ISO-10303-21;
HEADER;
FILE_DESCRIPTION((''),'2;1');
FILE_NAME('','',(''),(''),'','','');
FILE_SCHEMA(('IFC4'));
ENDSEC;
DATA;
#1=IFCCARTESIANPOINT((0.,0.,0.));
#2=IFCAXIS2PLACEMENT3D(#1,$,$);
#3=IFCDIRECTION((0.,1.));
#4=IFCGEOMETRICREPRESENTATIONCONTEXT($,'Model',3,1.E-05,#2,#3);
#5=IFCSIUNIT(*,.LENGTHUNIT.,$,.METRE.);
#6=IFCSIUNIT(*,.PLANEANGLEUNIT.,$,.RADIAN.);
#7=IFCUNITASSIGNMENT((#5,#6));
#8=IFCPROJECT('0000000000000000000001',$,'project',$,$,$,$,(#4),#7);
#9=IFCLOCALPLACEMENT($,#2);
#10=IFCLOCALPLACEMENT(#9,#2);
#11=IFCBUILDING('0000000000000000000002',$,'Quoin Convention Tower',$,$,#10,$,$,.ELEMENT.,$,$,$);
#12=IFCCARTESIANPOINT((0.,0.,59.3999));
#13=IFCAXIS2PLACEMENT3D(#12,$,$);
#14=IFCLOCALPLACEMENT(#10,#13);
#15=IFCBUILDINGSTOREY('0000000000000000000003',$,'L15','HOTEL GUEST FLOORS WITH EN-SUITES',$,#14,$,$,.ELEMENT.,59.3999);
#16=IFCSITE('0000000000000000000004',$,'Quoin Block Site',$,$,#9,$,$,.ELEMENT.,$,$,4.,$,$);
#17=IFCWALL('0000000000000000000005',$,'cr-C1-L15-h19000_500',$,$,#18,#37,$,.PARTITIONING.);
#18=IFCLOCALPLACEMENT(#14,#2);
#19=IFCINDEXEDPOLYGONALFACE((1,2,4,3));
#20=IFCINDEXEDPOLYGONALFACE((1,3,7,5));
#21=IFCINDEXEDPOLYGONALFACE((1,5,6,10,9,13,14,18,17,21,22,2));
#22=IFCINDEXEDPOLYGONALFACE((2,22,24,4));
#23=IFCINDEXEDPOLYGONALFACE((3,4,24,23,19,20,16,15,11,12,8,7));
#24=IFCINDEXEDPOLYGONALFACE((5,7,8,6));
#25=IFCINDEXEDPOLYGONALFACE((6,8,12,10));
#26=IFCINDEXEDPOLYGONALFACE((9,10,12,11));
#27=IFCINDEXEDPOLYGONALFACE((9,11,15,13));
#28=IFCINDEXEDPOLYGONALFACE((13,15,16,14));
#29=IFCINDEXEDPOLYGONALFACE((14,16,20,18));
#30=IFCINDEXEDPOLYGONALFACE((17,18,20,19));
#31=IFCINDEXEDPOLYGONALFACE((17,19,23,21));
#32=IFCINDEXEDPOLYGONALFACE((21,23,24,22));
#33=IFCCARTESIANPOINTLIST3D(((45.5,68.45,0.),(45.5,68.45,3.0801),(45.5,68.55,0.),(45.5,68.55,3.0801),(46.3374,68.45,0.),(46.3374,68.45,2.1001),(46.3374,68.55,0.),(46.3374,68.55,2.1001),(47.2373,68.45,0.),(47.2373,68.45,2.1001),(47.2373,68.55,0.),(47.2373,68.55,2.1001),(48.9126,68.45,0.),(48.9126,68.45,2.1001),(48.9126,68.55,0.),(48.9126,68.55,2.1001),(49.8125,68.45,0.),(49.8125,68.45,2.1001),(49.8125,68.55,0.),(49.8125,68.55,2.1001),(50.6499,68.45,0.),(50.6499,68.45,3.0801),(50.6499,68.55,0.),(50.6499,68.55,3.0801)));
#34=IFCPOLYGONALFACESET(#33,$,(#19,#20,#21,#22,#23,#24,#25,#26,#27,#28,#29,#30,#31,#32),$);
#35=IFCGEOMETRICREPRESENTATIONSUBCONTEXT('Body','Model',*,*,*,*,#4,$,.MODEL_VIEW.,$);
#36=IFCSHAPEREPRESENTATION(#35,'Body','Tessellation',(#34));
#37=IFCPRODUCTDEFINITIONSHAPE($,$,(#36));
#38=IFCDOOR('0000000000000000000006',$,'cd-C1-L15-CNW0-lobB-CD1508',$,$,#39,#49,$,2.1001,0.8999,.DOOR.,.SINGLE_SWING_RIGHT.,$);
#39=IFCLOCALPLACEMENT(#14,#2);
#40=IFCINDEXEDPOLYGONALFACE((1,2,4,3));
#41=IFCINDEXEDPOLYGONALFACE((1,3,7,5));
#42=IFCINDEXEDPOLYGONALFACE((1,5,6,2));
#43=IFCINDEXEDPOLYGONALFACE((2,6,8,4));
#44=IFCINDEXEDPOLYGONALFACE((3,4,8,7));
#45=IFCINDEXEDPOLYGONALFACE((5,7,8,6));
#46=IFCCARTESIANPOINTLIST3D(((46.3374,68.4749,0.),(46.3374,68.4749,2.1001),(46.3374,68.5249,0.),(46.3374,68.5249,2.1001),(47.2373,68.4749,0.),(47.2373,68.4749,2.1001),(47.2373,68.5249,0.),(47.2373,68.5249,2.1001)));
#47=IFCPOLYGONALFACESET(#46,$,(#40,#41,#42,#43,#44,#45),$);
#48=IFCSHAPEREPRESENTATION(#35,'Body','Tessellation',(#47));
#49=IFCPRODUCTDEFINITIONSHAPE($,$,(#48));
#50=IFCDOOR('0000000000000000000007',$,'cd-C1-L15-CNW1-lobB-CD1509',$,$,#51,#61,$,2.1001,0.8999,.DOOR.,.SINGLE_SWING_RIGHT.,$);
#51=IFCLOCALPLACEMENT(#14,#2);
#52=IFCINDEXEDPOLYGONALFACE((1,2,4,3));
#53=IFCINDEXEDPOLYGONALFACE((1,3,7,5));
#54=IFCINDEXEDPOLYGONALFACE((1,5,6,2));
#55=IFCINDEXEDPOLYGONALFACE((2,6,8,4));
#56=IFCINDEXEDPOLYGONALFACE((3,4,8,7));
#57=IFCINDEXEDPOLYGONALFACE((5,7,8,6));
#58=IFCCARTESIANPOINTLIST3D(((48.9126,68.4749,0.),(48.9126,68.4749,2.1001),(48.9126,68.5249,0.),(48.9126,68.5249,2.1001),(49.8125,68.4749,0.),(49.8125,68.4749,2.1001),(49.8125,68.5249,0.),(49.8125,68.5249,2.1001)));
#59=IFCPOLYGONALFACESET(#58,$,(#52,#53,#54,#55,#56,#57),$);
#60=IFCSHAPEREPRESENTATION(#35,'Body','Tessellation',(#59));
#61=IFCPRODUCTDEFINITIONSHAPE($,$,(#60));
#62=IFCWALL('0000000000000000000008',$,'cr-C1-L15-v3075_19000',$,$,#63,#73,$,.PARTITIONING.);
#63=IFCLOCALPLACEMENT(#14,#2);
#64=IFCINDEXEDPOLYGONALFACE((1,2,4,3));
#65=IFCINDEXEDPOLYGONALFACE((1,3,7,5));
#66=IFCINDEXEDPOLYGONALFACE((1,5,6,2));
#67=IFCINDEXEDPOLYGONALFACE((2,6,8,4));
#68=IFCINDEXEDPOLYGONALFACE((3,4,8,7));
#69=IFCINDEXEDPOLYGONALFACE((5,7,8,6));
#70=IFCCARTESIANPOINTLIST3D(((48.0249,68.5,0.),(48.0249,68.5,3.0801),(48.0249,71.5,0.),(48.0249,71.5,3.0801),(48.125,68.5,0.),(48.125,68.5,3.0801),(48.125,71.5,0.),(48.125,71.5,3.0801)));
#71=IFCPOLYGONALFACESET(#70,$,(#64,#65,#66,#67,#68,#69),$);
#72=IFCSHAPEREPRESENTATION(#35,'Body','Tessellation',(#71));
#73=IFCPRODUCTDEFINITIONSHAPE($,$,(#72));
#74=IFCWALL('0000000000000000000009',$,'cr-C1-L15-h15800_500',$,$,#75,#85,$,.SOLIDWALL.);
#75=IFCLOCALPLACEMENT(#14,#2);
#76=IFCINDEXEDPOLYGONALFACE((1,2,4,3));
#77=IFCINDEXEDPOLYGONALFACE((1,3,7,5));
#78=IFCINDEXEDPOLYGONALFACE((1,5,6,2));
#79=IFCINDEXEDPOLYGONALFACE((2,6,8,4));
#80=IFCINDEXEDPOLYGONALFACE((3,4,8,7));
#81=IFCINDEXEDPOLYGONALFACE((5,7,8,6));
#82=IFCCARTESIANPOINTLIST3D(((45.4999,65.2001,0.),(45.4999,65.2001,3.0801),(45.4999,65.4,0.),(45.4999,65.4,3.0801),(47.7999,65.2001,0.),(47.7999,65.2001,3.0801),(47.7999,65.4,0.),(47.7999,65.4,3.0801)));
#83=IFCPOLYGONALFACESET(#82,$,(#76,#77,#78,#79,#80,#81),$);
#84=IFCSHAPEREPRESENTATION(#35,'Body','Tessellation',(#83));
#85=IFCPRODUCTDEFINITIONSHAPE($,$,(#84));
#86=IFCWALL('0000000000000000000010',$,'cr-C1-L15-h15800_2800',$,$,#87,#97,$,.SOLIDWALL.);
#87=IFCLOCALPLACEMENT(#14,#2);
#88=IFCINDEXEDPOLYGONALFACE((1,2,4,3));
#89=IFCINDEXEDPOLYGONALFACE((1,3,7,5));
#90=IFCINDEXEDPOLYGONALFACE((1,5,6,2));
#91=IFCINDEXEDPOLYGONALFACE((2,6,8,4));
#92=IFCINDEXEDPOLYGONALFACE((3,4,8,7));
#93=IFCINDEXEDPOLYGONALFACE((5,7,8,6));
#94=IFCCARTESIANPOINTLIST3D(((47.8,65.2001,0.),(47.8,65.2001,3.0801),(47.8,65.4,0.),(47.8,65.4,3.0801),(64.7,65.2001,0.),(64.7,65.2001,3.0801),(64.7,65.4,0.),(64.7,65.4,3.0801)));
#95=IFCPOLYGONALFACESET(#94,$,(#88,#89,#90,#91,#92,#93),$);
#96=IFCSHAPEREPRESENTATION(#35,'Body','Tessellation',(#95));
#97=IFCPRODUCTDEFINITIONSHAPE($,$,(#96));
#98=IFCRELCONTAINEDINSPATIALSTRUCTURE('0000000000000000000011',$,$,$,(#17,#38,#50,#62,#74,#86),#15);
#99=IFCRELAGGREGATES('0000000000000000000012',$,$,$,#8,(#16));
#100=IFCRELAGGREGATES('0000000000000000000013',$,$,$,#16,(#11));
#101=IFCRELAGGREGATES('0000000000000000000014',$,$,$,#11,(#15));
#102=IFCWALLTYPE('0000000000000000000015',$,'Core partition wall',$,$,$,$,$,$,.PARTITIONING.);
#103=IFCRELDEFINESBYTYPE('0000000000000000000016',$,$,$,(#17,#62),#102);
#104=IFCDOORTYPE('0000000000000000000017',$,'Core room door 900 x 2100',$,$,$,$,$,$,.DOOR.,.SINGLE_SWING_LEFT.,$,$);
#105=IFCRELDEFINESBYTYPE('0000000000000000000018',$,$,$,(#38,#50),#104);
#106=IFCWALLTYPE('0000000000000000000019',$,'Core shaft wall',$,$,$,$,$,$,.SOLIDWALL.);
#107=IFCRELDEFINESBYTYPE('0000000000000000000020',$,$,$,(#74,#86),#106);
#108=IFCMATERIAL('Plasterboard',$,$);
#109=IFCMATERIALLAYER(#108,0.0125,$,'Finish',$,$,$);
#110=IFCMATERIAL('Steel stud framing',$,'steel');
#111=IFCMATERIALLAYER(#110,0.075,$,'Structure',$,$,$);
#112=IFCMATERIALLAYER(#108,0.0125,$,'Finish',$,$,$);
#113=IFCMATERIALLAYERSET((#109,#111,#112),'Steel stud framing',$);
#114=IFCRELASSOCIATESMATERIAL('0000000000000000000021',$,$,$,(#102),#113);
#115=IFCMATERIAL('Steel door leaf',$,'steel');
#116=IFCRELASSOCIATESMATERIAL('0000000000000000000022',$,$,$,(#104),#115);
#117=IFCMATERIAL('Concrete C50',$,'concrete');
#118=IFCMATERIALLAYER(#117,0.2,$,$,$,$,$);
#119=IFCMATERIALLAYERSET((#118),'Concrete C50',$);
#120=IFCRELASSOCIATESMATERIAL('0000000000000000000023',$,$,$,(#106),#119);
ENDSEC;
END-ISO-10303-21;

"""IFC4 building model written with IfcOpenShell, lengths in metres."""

from ifc_helpers import new_model, si_unit, direction, frame, frame_2d, origin, place, context, subcontext, project, spatial, rectangle, extrude, material, layer, layer_set, type_object, element, fill, save


model = new_model("IFC4")

# Units and contexts
model_context = context("Model", 3, precision=1e-05, world=origin(), true_north=direction((0.0, 1.0)))
body_context = subcontext(model_context, "Body", "Model", "MODEL_VIEW")
ifc_project = project(units=[si_unit("LENGTHUNIT", "METRE"), si_unit("PLANEANGLEUNIT", "RADIAN")], contexts=[model_context])

# Site, building, storey
site_placement = place(None, origin())
site = spatial("IfcSite", under=ifc_project, at=site_placement, Name="Quoin Block Site", CompositionType="ELEMENT", RefElevation=4.0)
building_placement = place(site_placement, origin())
building = spatial("IfcBuilding", under=site, at=building_placement, Name="Quoin Convention Tower", CompositionType="ELEMENT")
storey_placement = place(building_placement, frame((0.0, 0.0, 59.3999)))
storey = spatial("IfcBuildingStorey", under=building, at=storey_placement, Name="L15", Description="HOTEL GUEST FLOORS WITH EN-SUITES", CompositionType="ELEMENT", Elevation=59.3999)

# Wall, openings, doors
ifc_material_1 = material(Name="Plasterboard")
ifc_layer_1 = layer(ifc_material_1, 0.0125, Name="Finish")
ifc_material_2 = material(Name="Steel stud framing", Category="steel")
ifc_layer_2 = layer(ifc_material_2, 0.075, Name="Structure")
ifc_layer_3 = layer(ifc_material_1, 0.0125, Name="Finish")
ifc_layer_set_1 = layer_set([ifc_layer_1, ifc_layer_2, ifc_layer_3], Name="Steel stud framing")
wall_type_1 = type_object("IfcWallType", Name="Core partition wall", PredefinedType="PARTITIONING", material=ifc_layer_set_1)
wall_1_placement = place(storey_placement, frame((45.5, 68.5, 0.0), z_axis=(0.0, 0.0, 1.0), x_axis=(1.0, 0.0, 0.0)))
wall_1 = element("IfcWall", 1, at=wall_1_placement, inside=storey, type_object=wall_type_1, Name="cr-C1-L15-h19000_500", PredefinedType="PARTITIONING", context=body_context, shape_type="SweptSolid", body=[
    extrude(rectangle(XDim=5.1499, YDim=0.1001, at=frame_2d((2.575, 0.0))), origin(), (0.0, 0.0, 1.0), 3.0801),
])
opening_1_placement = place(wall_1_placement, frame((0.8374, 0.0, 0.0)))
opening_1 = element("IfcOpeningElement", 2, at=opening_1_placement, cuts=wall_1, PredefinedType="OPENING", context=body_context, shape_type="SweptSolid", body=[
    extrude(rectangle(XDim=0.8999, YDim=2.1001, at=frame_2d((0.45, 1.05))), frame((0.0, 0.0601, 0.0), z_axis=(0.0, -1.0, 0.0), x_axis=(1.0, 0.0, 0.0)), (0.0, 0.0, 1.0), 0.1201),
])
opening_2_placement = place(wall_1_placement, frame((3.4126, 0.0, 0.0)))
opening_2 = element("IfcOpeningElement", 3, at=opening_2_placement, cuts=wall_1, PredefinedType="OPENING", context=body_context, shape_type="SweptSolid", body=[
    extrude(rectangle(XDim=0.8999, YDim=2.1001, at=frame_2d((0.45, 1.05))), frame((0.0, 0.0601, 0.0), z_axis=(0.0, -1.0, 0.0), x_axis=(1.0, 0.0, 0.0)), (0.0, 0.0, 1.0), 0.1201),
])
ifc_material_3 = material(Name="Steel door leaf", Category="steel")
door_type_1 = type_object("IfcDoorType", Name="Core room door 900 x 2100", OperationType="SINGLE_SWING_LEFT", PredefinedType="DOOR", material=ifc_material_3)
door_1_placement = place(opening_1_placement, origin())
door_1 = element("IfcDoor", 4, at=door_1_placement, inside=storey, type_object=door_type_1, Name="cd-C1-L15-CNW0-lobB-CD1508", OperationType="SINGLE_SWING_RIGHT", OverallHeight=2.1001, OverallWidth=0.8999, PredefinedType="DOOR", context=body_context, shape_type="SweptSolid", body=[
    extrude(rectangle(XDim=0.8999, YDim=2.1001, at=frame_2d((0.45, 1.05))), frame((0.0, 0.0249, 0.0), z_axis=(0.0, -1.0, 0.0), x_axis=(1.0, 0.0, 0.0)), (0.0, 0.0, 1.0), 0.05),
])
fill(opening_1, door_1)
door_2_placement = place(opening_2_placement, origin())
door_2 = element("IfcDoor", 5, at=door_2_placement, inside=storey, type_object=door_type_1, Name="cd-C1-L15-CNW1-lobB-CD1509", OperationType="SINGLE_SWING_RIGHT", OverallHeight=2.1001, OverallWidth=0.8999, PredefinedType="DOOR", context=body_context, shape_type="SweptSolid", body=[
    extrude(rectangle(XDim=0.8999, YDim=2.1001, at=frame_2d((0.45, 1.05))), frame((0.0, 0.0249, 0.0), z_axis=(0.0, -1.0, 0.0), x_axis=(1.0, 0.0, 0.0)), (0.0, 0.0, 1.0), 0.05),
])
fill(opening_2, door_2)

# Walls
wall_2_placement = place(storey_placement, frame((48.075, 68.5, 0.0), z_axis=(0.0, 0.0, 1.0), x_axis=(0.0, 1.0, 0.0)))
element("IfcWall", 6, at=wall_2_placement, inside=storey, type_object=wall_type_1, Name="cr-C1-L15-v3075_19000", PredefinedType="PARTITIONING", context=body_context, shape_type="SweptSolid", body=[
    extrude(rectangle(XDim=3.0, YDim=0.1001, at=frame_2d((1.5, 0.0))), origin(), (0.0, 0.0, 1.0), 3.0801),
])
ifc_material_4 = material(Name="Concrete C50", Category="concrete")
ifc_layer_4 = layer(ifc_material_4, 0.2)
ifc_layer_set_2 = layer_set([ifc_layer_4], Name="Concrete C50")
wall_type_2 = type_object("IfcWallType", Name="Core shaft wall", PredefinedType="SOLIDWALL", material=ifc_layer_set_2)
wall_3_placement = place(storey_placement, frame((45.5, 65.3, 0.0), z_axis=(0.0, 0.0, 1.0), x_axis=(1.0, 0.0, 0.0)))
element("IfcWall", 7, at=wall_3_placement, inside=storey, type_object=wall_type_2, Name="cr-C1-L15-h15800_500", PredefinedType="SOLIDWALL", context=body_context, shape_type="SweptSolid", body=[
    extrude(rectangle(XDim=2.3, YDim=0.2, at=frame_2d((1.1499, 0.0))), origin(), (0.0, 0.0, 1.0), 3.0801),
])
wall_4_placement = place(storey_placement, frame((47.8, 65.3, 0.0), z_axis=(0.0, 0.0, 1.0), x_axis=(1.0, 0.0, 0.0)))
element("IfcWall", 8, at=wall_4_placement, inside=storey, type_object=wall_type_2, Name="cr-C1-L15-h15800_2800", PredefinedType="SOLIDWALL", context=body_context, shape_type="SweptSolid", body=[
    extrude(rectangle(XDim=16.8999, YDim=0.2, at=frame_2d((8.45, 0.0))), origin(), (0.0, 0.0, 1.0), 3.0801),
])

save(model, "model.ifc")
